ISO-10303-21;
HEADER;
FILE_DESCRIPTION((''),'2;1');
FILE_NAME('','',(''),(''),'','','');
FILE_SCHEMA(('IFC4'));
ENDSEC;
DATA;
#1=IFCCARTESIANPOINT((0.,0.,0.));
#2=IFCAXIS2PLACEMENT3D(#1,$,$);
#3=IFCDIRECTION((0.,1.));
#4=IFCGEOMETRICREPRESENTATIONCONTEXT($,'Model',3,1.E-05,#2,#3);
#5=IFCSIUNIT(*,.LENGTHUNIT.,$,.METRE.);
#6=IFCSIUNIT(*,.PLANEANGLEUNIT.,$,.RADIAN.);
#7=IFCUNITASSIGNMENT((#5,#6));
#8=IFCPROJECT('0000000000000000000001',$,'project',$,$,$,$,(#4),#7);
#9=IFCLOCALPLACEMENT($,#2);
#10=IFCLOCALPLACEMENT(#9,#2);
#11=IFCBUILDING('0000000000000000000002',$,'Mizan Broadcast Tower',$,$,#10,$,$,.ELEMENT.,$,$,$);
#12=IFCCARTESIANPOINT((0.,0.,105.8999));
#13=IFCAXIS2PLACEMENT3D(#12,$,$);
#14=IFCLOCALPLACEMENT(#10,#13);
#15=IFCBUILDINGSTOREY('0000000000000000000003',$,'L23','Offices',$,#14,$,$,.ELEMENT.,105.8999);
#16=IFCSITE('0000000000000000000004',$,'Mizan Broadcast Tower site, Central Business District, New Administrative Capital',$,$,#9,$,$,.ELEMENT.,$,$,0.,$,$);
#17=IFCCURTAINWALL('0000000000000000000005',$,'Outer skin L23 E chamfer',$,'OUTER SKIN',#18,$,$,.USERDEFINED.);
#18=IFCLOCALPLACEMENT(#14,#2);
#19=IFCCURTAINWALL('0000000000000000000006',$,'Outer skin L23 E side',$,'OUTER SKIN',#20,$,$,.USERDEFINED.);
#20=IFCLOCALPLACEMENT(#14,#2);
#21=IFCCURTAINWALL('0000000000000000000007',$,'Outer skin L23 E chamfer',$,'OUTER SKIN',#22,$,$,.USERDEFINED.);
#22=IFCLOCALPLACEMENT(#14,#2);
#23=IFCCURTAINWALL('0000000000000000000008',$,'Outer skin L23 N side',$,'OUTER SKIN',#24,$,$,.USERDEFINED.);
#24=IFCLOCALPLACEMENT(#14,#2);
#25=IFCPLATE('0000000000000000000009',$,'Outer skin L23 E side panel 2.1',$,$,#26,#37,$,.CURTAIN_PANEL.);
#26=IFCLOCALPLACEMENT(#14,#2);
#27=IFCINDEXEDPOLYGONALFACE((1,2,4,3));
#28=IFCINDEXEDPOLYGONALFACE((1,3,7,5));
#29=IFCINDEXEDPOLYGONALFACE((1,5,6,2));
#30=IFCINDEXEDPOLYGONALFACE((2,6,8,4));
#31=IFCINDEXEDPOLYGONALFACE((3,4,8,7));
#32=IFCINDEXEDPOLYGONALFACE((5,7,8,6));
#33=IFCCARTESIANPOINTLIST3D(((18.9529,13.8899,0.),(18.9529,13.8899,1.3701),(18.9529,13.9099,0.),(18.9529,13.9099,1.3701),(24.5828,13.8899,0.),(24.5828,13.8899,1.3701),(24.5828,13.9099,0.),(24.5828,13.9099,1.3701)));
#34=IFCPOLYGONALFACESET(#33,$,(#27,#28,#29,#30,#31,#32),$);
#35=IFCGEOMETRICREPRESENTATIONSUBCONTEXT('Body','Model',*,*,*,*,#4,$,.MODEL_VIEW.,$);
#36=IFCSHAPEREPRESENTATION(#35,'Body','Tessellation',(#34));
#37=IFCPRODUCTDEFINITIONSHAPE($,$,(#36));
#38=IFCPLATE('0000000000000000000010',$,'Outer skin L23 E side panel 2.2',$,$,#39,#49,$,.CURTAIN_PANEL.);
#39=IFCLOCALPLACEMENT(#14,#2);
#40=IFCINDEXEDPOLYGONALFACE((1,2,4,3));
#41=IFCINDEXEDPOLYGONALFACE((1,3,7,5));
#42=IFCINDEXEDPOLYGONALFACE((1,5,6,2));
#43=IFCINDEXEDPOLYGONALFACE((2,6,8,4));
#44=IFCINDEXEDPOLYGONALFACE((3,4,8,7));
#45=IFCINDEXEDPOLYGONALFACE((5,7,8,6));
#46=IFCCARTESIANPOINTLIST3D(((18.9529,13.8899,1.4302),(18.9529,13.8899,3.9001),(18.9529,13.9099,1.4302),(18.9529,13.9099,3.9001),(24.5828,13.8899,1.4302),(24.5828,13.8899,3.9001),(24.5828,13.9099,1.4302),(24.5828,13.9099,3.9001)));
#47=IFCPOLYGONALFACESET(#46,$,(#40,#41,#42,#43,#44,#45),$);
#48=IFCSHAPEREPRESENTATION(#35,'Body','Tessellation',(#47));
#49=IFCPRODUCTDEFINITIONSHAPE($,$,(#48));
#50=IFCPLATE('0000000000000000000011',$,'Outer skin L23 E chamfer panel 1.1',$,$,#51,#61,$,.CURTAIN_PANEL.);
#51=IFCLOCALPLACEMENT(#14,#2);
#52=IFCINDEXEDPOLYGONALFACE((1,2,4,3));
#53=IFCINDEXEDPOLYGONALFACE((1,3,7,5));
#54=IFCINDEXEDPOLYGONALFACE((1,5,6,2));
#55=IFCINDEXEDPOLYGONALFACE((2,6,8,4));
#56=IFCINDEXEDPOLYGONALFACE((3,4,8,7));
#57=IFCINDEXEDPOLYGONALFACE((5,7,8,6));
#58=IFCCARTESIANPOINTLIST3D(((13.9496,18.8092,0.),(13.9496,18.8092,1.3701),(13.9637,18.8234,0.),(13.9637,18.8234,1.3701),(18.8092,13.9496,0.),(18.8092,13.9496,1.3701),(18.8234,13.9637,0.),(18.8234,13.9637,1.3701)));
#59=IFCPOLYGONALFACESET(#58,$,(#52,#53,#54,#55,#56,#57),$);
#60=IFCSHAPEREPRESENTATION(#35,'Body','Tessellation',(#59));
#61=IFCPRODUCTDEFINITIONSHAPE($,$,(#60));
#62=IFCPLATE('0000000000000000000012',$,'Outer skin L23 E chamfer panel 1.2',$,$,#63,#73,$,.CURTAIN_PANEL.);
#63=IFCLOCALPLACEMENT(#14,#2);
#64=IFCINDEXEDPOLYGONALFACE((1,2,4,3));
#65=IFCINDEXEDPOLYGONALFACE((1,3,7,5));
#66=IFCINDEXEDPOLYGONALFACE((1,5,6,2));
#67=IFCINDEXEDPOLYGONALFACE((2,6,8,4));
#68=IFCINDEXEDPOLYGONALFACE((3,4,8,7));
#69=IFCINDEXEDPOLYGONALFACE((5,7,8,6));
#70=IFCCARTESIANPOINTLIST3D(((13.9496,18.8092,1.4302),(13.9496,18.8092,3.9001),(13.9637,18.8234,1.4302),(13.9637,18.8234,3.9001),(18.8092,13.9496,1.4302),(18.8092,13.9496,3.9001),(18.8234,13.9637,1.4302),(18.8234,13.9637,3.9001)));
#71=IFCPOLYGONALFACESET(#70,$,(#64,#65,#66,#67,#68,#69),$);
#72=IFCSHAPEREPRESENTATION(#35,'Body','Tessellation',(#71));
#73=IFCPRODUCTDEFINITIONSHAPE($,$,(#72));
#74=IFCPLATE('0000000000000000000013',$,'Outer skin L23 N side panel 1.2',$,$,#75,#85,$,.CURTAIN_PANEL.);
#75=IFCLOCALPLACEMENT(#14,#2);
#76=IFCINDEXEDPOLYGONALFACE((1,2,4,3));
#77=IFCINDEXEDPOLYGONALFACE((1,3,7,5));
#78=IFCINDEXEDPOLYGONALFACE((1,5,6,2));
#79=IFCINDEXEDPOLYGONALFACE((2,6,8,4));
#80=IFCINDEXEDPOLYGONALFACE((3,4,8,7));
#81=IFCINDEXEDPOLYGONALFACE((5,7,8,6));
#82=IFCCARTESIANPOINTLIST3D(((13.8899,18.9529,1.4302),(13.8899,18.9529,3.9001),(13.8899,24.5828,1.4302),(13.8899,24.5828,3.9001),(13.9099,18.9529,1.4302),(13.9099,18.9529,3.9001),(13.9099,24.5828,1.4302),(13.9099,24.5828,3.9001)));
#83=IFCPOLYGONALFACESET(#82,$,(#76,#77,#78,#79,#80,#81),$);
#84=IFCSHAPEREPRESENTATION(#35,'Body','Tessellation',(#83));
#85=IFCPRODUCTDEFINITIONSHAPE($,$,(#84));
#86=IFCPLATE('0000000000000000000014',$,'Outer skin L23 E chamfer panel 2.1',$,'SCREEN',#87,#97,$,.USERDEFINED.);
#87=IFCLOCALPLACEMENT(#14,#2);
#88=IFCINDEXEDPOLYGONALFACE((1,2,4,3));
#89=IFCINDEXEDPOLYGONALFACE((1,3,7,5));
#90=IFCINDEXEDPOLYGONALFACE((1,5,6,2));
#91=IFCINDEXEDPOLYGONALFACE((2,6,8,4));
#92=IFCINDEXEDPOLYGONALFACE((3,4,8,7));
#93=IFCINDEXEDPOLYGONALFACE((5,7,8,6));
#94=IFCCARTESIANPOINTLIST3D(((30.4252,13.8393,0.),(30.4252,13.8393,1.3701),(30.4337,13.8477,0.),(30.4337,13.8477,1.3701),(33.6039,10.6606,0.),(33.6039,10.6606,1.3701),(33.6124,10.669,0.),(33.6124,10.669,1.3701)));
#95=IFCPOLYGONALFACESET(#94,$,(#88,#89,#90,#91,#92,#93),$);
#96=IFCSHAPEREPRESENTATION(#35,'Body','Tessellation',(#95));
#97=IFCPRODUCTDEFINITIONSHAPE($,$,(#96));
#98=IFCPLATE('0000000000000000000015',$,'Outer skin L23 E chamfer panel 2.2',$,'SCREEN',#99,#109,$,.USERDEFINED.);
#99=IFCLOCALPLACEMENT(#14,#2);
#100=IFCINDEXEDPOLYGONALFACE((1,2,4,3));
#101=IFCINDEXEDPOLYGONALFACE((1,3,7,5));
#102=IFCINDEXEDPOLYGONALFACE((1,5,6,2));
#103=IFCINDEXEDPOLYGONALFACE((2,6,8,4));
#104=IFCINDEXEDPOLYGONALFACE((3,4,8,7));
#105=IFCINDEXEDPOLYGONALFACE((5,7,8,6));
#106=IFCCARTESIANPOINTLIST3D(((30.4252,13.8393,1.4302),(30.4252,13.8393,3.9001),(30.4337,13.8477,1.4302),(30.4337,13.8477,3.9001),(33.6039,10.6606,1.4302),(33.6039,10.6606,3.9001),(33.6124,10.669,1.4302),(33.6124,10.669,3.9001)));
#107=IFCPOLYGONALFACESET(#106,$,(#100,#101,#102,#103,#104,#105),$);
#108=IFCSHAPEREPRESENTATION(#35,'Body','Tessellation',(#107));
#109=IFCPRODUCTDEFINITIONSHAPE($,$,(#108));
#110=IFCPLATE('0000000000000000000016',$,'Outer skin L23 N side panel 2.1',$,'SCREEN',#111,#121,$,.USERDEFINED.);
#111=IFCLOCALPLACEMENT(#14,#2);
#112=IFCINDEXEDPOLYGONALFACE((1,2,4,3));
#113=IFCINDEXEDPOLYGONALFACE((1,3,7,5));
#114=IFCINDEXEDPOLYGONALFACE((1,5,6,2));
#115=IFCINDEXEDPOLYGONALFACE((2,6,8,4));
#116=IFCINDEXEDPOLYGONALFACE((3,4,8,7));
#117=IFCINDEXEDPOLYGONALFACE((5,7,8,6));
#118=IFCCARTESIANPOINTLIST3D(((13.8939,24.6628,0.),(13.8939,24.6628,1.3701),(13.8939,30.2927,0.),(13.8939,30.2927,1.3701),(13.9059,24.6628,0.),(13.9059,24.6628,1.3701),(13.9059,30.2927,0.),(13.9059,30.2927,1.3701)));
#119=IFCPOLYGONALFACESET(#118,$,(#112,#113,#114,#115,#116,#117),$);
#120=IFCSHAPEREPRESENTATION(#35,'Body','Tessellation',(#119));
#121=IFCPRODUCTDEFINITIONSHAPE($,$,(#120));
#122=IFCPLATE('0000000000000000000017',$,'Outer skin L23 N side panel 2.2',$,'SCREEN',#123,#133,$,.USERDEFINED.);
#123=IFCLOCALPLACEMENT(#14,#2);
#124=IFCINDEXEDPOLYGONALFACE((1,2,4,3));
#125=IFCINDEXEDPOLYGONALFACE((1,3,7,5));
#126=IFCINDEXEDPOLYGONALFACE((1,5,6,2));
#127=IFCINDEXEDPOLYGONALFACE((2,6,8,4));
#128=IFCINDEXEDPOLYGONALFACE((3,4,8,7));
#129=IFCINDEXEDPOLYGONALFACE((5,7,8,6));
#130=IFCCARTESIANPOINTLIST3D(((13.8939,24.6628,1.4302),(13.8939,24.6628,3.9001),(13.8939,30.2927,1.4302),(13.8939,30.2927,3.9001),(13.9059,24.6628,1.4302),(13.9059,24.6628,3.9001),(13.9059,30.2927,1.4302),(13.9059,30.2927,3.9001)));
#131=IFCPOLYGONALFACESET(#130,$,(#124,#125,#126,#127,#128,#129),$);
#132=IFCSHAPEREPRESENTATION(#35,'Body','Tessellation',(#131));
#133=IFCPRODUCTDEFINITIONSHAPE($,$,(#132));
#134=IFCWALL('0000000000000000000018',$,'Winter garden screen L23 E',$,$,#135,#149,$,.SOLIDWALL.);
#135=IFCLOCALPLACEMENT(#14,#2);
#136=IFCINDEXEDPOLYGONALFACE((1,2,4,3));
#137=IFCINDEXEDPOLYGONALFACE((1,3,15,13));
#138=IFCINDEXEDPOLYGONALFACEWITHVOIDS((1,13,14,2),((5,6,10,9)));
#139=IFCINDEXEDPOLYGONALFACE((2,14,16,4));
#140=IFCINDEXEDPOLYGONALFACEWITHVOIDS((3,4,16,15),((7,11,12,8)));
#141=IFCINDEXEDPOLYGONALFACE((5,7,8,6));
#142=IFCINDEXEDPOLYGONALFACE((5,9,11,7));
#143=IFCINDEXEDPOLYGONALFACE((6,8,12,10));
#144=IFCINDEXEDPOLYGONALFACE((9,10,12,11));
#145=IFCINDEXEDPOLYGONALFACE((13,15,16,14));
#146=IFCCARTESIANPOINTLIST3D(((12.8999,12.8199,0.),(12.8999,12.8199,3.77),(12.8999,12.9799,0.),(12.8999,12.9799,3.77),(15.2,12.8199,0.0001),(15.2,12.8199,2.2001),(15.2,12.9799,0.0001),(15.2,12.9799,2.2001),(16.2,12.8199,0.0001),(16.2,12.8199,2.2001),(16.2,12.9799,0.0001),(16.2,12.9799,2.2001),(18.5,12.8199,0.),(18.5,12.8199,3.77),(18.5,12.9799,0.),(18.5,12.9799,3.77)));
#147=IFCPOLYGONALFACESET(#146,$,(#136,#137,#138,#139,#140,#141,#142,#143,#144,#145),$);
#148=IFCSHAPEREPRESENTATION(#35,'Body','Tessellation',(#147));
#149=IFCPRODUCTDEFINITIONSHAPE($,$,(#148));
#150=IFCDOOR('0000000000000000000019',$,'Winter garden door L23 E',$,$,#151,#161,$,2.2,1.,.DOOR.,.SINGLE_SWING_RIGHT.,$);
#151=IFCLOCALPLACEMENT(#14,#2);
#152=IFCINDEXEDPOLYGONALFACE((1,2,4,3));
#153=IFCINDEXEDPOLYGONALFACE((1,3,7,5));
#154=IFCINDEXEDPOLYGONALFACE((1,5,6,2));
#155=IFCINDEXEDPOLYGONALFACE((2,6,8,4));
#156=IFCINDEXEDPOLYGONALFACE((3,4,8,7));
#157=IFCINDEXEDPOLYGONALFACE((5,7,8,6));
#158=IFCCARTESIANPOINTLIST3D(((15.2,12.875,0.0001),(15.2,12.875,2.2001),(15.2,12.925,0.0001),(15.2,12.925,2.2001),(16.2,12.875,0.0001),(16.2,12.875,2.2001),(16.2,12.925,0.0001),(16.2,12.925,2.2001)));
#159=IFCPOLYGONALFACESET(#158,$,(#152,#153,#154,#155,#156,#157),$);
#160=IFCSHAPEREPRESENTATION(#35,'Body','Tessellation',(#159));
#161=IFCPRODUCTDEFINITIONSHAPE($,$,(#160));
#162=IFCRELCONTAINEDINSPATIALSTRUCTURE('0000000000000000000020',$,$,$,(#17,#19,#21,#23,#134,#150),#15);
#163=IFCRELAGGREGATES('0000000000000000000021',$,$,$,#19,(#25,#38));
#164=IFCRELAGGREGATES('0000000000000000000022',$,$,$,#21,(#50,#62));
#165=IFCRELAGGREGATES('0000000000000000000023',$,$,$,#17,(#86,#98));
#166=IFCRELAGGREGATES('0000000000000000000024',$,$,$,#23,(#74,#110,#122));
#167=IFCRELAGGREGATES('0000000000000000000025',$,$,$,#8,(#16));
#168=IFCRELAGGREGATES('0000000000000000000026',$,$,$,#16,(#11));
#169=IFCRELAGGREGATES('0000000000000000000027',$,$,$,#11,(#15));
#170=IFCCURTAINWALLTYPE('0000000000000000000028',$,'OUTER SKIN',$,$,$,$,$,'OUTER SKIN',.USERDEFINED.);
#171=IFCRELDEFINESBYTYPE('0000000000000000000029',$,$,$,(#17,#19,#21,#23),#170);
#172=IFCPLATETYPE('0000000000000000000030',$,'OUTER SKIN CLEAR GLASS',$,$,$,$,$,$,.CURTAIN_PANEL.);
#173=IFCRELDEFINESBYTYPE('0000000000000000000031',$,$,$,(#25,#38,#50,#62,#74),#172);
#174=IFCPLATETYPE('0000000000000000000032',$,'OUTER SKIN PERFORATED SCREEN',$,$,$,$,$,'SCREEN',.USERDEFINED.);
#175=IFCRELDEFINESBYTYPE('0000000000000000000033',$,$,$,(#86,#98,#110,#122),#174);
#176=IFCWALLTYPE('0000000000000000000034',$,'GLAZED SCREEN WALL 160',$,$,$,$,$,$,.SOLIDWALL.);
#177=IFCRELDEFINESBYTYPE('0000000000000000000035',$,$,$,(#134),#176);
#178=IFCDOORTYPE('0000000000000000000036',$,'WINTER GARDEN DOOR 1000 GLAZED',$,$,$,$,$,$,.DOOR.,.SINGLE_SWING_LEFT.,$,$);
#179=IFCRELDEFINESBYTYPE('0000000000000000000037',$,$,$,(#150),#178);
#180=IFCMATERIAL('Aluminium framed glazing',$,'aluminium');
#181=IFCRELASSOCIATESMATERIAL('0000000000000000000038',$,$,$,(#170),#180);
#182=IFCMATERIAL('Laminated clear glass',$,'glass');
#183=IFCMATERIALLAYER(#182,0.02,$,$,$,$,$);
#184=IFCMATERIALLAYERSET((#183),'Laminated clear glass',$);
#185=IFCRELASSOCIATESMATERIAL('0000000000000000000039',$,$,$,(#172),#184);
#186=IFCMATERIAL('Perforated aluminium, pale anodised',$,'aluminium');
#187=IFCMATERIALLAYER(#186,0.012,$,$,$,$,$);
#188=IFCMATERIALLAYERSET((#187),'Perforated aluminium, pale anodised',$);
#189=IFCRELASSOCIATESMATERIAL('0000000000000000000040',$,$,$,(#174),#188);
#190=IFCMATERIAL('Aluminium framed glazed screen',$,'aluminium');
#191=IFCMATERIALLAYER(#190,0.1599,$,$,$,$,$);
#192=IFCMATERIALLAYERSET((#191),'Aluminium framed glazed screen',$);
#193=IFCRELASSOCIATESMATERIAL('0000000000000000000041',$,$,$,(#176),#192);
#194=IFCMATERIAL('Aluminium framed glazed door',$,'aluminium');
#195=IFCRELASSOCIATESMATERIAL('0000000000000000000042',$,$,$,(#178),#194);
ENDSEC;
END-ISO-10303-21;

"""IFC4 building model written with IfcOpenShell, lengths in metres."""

from ifc_helpers import new_model, si_unit, direction, frame, frame_2d, origin, origin_2d, place, context, subcontext, project, spatial, rectangle, extrude, material, layer, layer_set, type_object, element, fill, aggregate, save


model = new_model("IFC4")

# Units and contexts
model_context = context("Model", 3, precision=1e-05, world=origin(), true_north=direction((0.0, 1.0)))
body_context = subcontext(model_context, "Body", "Model", "MODEL_VIEW")
ifc_project = project(units=[si_unit("LENGTHUNIT", "METRE"), si_unit("PLANEANGLEUNIT", "RADIAN")], contexts=[model_context])

# Site, building, storey
site_placement = place(None, origin())
site = spatial("IfcSite", under=ifc_project, at=site_placement, Name="Mizan Broadcast Tower site, Central Business District, New Administrative Capital", CompositionType="ELEMENT", RefElevation=0.0)
building_placement = place(site_placement, origin())
building = spatial("IfcBuilding", under=site, at=building_placement, Name="Mizan Broadcast Tower", CompositionType="ELEMENT")
storey_placement = place(building_placement, frame((0.0, 0.0, 105.8999)))
storey = spatial("IfcBuildingStorey", under=building, at=storey_placement, Name="L23", Description="Offices", CompositionType="ELEMENT", Elevation=105.8999)

# Curtain wall
ifc_material_1 = material(Name="Aluminium framed glazing", Category="aluminium")
curtain_wall_type_1 = type_object("IfcCurtainWallType", Name="OUTER SKIN", ElementType="OUTER SKIN", PredefinedType="USERDEFINED", material=ifc_material_1)
curtain_wall_1_placement = place(storey_placement, origin())
curtain_wall_1 = element("IfcCurtainWall", 1, at=curtain_wall_1_placement, inside=storey, type_object=curtain_wall_type_1, Name="Outer skin L23 E chamfer", ObjectType="OUTER SKIN", PredefinedType="USERDEFINED")

# Curtain wall
curtain_wall_2_placement = place(storey_placement, origin())
curtain_wall_2 = element("IfcCurtainWall", 2, at=curtain_wall_2_placement, inside=storey, type_object=curtain_wall_type_1, Name="Outer skin L23 E side", ObjectType="OUTER SKIN", PredefinedType="USERDEFINED")

# Curtain wall
curtain_wall_3_placement = place(storey_placement, origin())
curtain_wall_3 = element("IfcCurtainWall", 3, at=curtain_wall_3_placement, inside=storey, type_object=curtain_wall_type_1, Name="Outer skin L23 E chamfer", ObjectType="OUTER SKIN", PredefinedType="USERDEFINED")

# Curtain wall
curtain_wall_4_placement = place(storey_placement, origin())
curtain_wall_4 = element("IfcCurtainWall", 4, at=curtain_wall_4_placement, inside=storey, type_object=curtain_wall_type_1, Name="Outer skin L23 N side", ObjectType="OUTER SKIN", PredefinedType="USERDEFINED")

# Plates
ifc_material_2 = material(Name="Laminated clear glass", Category="glass")
ifc_layer_1 = layer(ifc_material_2, 0.02)
ifc_layer_set_1 = layer_set([ifc_layer_1], Name="Laminated clear glass")
plate_type_1 = type_object("IfcPlateType", Name="OUTER SKIN CLEAR GLASS", PredefinedType="CURTAIN_PANEL", material=ifc_layer_set_1)
plate_1_placement = place(storey_placement, frame((21.7678, 13.8999, 0.0), z_axis=(0.0, 0.0, 1.0), x_axis=(-1.0, 0.0, 0.0)))
plate_1 = element("IfcPlate", 5, at=plate_1_placement, type_object=plate_type_1, Name="Outer skin L23 E side panel 2.1", PredefinedType="CURTAIN_PANEL", context=body_context, shape_type="SweptSolid", body=[
    extrude(rectangle(XDim=5.6299, YDim=0.02, at=origin_2d()), origin(), (0.0, 0.0, 1.0), 1.3701),
])
plate_2_placement = place(storey_placement, frame((21.7678, 13.8999, 1.4302), z_axis=(0.0, 0.0, 1.0), x_axis=(-1.0, 0.0, 0.0)))
plate_2 = element("IfcPlate", 6, at=plate_2_placement, type_object=plate_type_1, Name="Outer skin L23 E side panel 2.2", PredefinedType="CURTAIN_PANEL", context=body_context, shape_type="SweptSolid", body=[
    extrude(rectangle(XDim=5.6299, YDim=0.02, at=origin_2d()), origin(), (0.0, 0.0, 1.0), 2.47),
])
aggregate(curtain_wall_2, [plate_1, plate_2])
plate_3_placement = place(storey_placement, frame((16.3865, 16.3865, 0.0), z_axis=(0.0, 0.0, 1.0), x_axis=(-0.707107, 0.707107, 0.0)))
plate_3 = element("IfcPlate", 7, at=plate_3_placement, type_object=plate_type_1, Name="Outer skin L23 E chamfer panel 1.1", PredefinedType="CURTAIN_PANEL", context=body_context, shape_type="SweptSolid", body=[
    extrude(rectangle(XDim=6.8726, YDim=0.02, at=origin_2d()), origin(), (0.0, 0.0, 1.0), 1.3701),
])
plate_4_placement = place(storey_placement, frame((16.3865, 16.3865, 1.4302), z_axis=(0.0, 0.0, 1.0), x_axis=(-0.707107, 0.707107, 0.0)))
plate_4 = element("IfcPlate", 8, at=plate_4_placement, type_object=plate_type_1, Name="Outer skin L23 E chamfer panel 1.2", PredefinedType="CURTAIN_PANEL", context=body_context, shape_type="SweptSolid", body=[
    extrude(rectangle(XDim=6.8726, YDim=0.02, at=origin_2d()), origin(), (0.0, 0.0, 1.0), 2.47),
])
aggregate(curtain_wall_3, [plate_3, plate_4])
plate_5_placement = place(storey_placement, frame((13.8999, 21.7678, 1.4302), z_axis=(0.0, 0.0, 1.0), x_axis=(0.0, 1.0, 0.0)))
plate_5 = element("IfcPlate", 9, at=plate_5_placement, type_object=plate_type_1, Name="Outer skin L23 N side panel 1.2", PredefinedType="CURTAIN_PANEL", context=body_context, shape_type="SweptSolid", body=[
    extrude(rectangle(XDim=5.6299, YDim=0.02, at=origin_2d()), origin(), (0.0, 0.0, 1.0), 2.47),
])
ifc_material_3 = material(Name="Perforated aluminium, pale anodised", Category="aluminium")
ifc_layer_2 = layer(ifc_material_3, 0.012)
ifc_layer_set_2 = layer_set([ifc_layer_2], Name="Perforated aluminium, pale anodised")
plate_type_2 = type_object("IfcPlateType", Name="OUTER SKIN PERFORATED SCREEN", ElementType="SCREEN", PredefinedType="USERDEFINED", material=ifc_layer_set_2)
plate_6_placement = place(storey_placement, frame((32.0188, 12.2542, 0.0), z_axis=(0.0, 0.0, 1.0), x_axis=(-0.707107, 0.707107, 0.0)))
plate_6 = element("IfcPlate", 10, at=plate_6_placement, type_object=plate_type_2, Name="Outer skin L23 E chamfer panel 2.1", ObjectType="SCREEN", PredefinedType="USERDEFINED", context=body_context, shape_type="SweptSolid", body=[
    extrude(rectangle(XDim=4.4954, YDim=0.012, at=origin_2d()), origin(), (0.0, 0.0, 1.0), 1.3701),
])
plate_7_placement = place(storey_placement, frame((32.0188, 12.2542, 1.4302), z_axis=(0.0, 0.0, 1.0), x_axis=(-0.707107, 0.707107, 0.0)))
plate_7 = element("IfcPlate", 11, at=plate_7_placement, type_object=plate_type_2, Name="Outer skin L23 E chamfer panel 2.2", ObjectType="SCREEN", PredefinedType="USERDEFINED", context=body_context, shape_type="SweptSolid", body=[
    extrude(rectangle(XDim=4.4954, YDim=0.012, at=origin_2d()), origin(), (0.0, 0.0, 1.0), 2.47),
])
aggregate(curtain_wall_1, [plate_6, plate_7])
plate_8_placement = place(storey_placement, frame((13.8999, 27.4778, 0.0), z_axis=(0.0, 0.0, 1.0), x_axis=(0.0, 1.0, 0.0)))
plate_8 = element("IfcPlate", 12, at=plate_8_placement, type_object=plate_type_2, Name="Outer skin L23 N side panel 2.1", ObjectType="SCREEN", PredefinedType="USERDEFINED", context=body_context, shape_type="SweptSolid", body=[
    extrude(rectangle(XDim=5.6299, YDim=0.012, at=origin_2d()), origin(), (0.0, 0.0, 1.0), 1.3701),
])
plate_9_placement = place(storey_placement, frame((13.8999, 27.4778, 1.4302), z_axis=(0.0, 0.0, 1.0), x_axis=(0.0, 1.0, 0.0)))
plate_9 = element("IfcPlate", 13, at=plate_9_placement, type_object=plate_type_2, Name="Outer skin L23 N side panel 2.2", ObjectType="SCREEN", PredefinedType="USERDEFINED", context=body_context, shape_type="SweptSolid", body=[
    extrude(rectangle(XDim=5.6299, YDim=0.012, at=origin_2d()), origin(), (0.0, 0.0, 1.0), 2.47),
])
aggregate(curtain_wall_4, [plate_5, plate_8, plate_9])

# Wall, opening, door
ifc_material_4 = material(Name="Aluminium framed glazed screen", Category="aluminium")
ifc_layer_3 = layer(ifc_material_4, 0.1599)
ifc_layer_set_3 = layer_set([ifc_layer_3], Name="Aluminium framed glazed screen")
wall_type = type_object("IfcWallType", Name="GLAZED SCREEN WALL 160", PredefinedType="SOLIDWALL", material=ifc_layer_set_3)
wall_placement = place(storey_placement, frame((18.5, 12.8999, 0.0), z_axis=(0.0, 0.0, 1.0), x_axis=(-1.0, 0.0, 0.0)))
wall = element("IfcWall", 14, at=wall_placement, inside=storey, type_object=wall_type, Name="Winter garden screen L23 E", PredefinedType="SOLIDWALL", context=body_context, shape_type="SweptSolid", body=[
    extrude(rectangle(XDim=5.6001, YDim=0.1599, at=frame_2d((2.8, 0.0))), origin(), (0.0, 0.0, 1.0), 3.77),
])
opening_placement = place(wall_placement, frame((2.3, 0.0, 0.0)))
opening = element("IfcOpeningElement", 15, at=opening_placement, cuts=wall, PredefinedType="OPENING", context=body_context, shape_type="SweptSolid", body=[
    extrude(rectangle(XDim=1.0, YDim=2.2, at=frame_2d((0.5, 1.1001))), frame((0.0, 0.0898, 0.0), z_axis=(0.0, -1.0, 0.0), x_axis=(1.0, 0.0, 0.0)), (0.0, 0.0, 1.0), 0.1799),
])
ifc_material_5 = material(Name="Aluminium framed glazed door", Category="aluminium")
door_type = type_object("IfcDoorType", Name="WINTER GARDEN DOOR 1000 GLAZED", OperationType="SINGLE_SWING_LEFT", PredefinedType="DOOR", material=ifc_material_5)
door_placement = place(opening_placement, origin())
door = element("IfcDoor", 16, at=door_placement, inside=storey, type_object=door_type, Name="Winter garden door L23 E", OperationType="SINGLE_SWING_RIGHT", OverallHeight=2.2, OverallWidth=1.0, PredefinedType="DOOR", context=body_context, shape_type="SweptSolid", body=[
    extrude(rectangle(XDim=1.0, YDim=2.2, at=frame_2d((0.5, 1.1001))), frame((0.0, 0.0249, 0.0), z_axis=(0.0, -1.0, 0.0), x_axis=(1.0, 0.0, 0.0)), (0.0, 0.0, 1.0), 0.05),
])
fill(opening, door)

save(model, "model.ifc")
